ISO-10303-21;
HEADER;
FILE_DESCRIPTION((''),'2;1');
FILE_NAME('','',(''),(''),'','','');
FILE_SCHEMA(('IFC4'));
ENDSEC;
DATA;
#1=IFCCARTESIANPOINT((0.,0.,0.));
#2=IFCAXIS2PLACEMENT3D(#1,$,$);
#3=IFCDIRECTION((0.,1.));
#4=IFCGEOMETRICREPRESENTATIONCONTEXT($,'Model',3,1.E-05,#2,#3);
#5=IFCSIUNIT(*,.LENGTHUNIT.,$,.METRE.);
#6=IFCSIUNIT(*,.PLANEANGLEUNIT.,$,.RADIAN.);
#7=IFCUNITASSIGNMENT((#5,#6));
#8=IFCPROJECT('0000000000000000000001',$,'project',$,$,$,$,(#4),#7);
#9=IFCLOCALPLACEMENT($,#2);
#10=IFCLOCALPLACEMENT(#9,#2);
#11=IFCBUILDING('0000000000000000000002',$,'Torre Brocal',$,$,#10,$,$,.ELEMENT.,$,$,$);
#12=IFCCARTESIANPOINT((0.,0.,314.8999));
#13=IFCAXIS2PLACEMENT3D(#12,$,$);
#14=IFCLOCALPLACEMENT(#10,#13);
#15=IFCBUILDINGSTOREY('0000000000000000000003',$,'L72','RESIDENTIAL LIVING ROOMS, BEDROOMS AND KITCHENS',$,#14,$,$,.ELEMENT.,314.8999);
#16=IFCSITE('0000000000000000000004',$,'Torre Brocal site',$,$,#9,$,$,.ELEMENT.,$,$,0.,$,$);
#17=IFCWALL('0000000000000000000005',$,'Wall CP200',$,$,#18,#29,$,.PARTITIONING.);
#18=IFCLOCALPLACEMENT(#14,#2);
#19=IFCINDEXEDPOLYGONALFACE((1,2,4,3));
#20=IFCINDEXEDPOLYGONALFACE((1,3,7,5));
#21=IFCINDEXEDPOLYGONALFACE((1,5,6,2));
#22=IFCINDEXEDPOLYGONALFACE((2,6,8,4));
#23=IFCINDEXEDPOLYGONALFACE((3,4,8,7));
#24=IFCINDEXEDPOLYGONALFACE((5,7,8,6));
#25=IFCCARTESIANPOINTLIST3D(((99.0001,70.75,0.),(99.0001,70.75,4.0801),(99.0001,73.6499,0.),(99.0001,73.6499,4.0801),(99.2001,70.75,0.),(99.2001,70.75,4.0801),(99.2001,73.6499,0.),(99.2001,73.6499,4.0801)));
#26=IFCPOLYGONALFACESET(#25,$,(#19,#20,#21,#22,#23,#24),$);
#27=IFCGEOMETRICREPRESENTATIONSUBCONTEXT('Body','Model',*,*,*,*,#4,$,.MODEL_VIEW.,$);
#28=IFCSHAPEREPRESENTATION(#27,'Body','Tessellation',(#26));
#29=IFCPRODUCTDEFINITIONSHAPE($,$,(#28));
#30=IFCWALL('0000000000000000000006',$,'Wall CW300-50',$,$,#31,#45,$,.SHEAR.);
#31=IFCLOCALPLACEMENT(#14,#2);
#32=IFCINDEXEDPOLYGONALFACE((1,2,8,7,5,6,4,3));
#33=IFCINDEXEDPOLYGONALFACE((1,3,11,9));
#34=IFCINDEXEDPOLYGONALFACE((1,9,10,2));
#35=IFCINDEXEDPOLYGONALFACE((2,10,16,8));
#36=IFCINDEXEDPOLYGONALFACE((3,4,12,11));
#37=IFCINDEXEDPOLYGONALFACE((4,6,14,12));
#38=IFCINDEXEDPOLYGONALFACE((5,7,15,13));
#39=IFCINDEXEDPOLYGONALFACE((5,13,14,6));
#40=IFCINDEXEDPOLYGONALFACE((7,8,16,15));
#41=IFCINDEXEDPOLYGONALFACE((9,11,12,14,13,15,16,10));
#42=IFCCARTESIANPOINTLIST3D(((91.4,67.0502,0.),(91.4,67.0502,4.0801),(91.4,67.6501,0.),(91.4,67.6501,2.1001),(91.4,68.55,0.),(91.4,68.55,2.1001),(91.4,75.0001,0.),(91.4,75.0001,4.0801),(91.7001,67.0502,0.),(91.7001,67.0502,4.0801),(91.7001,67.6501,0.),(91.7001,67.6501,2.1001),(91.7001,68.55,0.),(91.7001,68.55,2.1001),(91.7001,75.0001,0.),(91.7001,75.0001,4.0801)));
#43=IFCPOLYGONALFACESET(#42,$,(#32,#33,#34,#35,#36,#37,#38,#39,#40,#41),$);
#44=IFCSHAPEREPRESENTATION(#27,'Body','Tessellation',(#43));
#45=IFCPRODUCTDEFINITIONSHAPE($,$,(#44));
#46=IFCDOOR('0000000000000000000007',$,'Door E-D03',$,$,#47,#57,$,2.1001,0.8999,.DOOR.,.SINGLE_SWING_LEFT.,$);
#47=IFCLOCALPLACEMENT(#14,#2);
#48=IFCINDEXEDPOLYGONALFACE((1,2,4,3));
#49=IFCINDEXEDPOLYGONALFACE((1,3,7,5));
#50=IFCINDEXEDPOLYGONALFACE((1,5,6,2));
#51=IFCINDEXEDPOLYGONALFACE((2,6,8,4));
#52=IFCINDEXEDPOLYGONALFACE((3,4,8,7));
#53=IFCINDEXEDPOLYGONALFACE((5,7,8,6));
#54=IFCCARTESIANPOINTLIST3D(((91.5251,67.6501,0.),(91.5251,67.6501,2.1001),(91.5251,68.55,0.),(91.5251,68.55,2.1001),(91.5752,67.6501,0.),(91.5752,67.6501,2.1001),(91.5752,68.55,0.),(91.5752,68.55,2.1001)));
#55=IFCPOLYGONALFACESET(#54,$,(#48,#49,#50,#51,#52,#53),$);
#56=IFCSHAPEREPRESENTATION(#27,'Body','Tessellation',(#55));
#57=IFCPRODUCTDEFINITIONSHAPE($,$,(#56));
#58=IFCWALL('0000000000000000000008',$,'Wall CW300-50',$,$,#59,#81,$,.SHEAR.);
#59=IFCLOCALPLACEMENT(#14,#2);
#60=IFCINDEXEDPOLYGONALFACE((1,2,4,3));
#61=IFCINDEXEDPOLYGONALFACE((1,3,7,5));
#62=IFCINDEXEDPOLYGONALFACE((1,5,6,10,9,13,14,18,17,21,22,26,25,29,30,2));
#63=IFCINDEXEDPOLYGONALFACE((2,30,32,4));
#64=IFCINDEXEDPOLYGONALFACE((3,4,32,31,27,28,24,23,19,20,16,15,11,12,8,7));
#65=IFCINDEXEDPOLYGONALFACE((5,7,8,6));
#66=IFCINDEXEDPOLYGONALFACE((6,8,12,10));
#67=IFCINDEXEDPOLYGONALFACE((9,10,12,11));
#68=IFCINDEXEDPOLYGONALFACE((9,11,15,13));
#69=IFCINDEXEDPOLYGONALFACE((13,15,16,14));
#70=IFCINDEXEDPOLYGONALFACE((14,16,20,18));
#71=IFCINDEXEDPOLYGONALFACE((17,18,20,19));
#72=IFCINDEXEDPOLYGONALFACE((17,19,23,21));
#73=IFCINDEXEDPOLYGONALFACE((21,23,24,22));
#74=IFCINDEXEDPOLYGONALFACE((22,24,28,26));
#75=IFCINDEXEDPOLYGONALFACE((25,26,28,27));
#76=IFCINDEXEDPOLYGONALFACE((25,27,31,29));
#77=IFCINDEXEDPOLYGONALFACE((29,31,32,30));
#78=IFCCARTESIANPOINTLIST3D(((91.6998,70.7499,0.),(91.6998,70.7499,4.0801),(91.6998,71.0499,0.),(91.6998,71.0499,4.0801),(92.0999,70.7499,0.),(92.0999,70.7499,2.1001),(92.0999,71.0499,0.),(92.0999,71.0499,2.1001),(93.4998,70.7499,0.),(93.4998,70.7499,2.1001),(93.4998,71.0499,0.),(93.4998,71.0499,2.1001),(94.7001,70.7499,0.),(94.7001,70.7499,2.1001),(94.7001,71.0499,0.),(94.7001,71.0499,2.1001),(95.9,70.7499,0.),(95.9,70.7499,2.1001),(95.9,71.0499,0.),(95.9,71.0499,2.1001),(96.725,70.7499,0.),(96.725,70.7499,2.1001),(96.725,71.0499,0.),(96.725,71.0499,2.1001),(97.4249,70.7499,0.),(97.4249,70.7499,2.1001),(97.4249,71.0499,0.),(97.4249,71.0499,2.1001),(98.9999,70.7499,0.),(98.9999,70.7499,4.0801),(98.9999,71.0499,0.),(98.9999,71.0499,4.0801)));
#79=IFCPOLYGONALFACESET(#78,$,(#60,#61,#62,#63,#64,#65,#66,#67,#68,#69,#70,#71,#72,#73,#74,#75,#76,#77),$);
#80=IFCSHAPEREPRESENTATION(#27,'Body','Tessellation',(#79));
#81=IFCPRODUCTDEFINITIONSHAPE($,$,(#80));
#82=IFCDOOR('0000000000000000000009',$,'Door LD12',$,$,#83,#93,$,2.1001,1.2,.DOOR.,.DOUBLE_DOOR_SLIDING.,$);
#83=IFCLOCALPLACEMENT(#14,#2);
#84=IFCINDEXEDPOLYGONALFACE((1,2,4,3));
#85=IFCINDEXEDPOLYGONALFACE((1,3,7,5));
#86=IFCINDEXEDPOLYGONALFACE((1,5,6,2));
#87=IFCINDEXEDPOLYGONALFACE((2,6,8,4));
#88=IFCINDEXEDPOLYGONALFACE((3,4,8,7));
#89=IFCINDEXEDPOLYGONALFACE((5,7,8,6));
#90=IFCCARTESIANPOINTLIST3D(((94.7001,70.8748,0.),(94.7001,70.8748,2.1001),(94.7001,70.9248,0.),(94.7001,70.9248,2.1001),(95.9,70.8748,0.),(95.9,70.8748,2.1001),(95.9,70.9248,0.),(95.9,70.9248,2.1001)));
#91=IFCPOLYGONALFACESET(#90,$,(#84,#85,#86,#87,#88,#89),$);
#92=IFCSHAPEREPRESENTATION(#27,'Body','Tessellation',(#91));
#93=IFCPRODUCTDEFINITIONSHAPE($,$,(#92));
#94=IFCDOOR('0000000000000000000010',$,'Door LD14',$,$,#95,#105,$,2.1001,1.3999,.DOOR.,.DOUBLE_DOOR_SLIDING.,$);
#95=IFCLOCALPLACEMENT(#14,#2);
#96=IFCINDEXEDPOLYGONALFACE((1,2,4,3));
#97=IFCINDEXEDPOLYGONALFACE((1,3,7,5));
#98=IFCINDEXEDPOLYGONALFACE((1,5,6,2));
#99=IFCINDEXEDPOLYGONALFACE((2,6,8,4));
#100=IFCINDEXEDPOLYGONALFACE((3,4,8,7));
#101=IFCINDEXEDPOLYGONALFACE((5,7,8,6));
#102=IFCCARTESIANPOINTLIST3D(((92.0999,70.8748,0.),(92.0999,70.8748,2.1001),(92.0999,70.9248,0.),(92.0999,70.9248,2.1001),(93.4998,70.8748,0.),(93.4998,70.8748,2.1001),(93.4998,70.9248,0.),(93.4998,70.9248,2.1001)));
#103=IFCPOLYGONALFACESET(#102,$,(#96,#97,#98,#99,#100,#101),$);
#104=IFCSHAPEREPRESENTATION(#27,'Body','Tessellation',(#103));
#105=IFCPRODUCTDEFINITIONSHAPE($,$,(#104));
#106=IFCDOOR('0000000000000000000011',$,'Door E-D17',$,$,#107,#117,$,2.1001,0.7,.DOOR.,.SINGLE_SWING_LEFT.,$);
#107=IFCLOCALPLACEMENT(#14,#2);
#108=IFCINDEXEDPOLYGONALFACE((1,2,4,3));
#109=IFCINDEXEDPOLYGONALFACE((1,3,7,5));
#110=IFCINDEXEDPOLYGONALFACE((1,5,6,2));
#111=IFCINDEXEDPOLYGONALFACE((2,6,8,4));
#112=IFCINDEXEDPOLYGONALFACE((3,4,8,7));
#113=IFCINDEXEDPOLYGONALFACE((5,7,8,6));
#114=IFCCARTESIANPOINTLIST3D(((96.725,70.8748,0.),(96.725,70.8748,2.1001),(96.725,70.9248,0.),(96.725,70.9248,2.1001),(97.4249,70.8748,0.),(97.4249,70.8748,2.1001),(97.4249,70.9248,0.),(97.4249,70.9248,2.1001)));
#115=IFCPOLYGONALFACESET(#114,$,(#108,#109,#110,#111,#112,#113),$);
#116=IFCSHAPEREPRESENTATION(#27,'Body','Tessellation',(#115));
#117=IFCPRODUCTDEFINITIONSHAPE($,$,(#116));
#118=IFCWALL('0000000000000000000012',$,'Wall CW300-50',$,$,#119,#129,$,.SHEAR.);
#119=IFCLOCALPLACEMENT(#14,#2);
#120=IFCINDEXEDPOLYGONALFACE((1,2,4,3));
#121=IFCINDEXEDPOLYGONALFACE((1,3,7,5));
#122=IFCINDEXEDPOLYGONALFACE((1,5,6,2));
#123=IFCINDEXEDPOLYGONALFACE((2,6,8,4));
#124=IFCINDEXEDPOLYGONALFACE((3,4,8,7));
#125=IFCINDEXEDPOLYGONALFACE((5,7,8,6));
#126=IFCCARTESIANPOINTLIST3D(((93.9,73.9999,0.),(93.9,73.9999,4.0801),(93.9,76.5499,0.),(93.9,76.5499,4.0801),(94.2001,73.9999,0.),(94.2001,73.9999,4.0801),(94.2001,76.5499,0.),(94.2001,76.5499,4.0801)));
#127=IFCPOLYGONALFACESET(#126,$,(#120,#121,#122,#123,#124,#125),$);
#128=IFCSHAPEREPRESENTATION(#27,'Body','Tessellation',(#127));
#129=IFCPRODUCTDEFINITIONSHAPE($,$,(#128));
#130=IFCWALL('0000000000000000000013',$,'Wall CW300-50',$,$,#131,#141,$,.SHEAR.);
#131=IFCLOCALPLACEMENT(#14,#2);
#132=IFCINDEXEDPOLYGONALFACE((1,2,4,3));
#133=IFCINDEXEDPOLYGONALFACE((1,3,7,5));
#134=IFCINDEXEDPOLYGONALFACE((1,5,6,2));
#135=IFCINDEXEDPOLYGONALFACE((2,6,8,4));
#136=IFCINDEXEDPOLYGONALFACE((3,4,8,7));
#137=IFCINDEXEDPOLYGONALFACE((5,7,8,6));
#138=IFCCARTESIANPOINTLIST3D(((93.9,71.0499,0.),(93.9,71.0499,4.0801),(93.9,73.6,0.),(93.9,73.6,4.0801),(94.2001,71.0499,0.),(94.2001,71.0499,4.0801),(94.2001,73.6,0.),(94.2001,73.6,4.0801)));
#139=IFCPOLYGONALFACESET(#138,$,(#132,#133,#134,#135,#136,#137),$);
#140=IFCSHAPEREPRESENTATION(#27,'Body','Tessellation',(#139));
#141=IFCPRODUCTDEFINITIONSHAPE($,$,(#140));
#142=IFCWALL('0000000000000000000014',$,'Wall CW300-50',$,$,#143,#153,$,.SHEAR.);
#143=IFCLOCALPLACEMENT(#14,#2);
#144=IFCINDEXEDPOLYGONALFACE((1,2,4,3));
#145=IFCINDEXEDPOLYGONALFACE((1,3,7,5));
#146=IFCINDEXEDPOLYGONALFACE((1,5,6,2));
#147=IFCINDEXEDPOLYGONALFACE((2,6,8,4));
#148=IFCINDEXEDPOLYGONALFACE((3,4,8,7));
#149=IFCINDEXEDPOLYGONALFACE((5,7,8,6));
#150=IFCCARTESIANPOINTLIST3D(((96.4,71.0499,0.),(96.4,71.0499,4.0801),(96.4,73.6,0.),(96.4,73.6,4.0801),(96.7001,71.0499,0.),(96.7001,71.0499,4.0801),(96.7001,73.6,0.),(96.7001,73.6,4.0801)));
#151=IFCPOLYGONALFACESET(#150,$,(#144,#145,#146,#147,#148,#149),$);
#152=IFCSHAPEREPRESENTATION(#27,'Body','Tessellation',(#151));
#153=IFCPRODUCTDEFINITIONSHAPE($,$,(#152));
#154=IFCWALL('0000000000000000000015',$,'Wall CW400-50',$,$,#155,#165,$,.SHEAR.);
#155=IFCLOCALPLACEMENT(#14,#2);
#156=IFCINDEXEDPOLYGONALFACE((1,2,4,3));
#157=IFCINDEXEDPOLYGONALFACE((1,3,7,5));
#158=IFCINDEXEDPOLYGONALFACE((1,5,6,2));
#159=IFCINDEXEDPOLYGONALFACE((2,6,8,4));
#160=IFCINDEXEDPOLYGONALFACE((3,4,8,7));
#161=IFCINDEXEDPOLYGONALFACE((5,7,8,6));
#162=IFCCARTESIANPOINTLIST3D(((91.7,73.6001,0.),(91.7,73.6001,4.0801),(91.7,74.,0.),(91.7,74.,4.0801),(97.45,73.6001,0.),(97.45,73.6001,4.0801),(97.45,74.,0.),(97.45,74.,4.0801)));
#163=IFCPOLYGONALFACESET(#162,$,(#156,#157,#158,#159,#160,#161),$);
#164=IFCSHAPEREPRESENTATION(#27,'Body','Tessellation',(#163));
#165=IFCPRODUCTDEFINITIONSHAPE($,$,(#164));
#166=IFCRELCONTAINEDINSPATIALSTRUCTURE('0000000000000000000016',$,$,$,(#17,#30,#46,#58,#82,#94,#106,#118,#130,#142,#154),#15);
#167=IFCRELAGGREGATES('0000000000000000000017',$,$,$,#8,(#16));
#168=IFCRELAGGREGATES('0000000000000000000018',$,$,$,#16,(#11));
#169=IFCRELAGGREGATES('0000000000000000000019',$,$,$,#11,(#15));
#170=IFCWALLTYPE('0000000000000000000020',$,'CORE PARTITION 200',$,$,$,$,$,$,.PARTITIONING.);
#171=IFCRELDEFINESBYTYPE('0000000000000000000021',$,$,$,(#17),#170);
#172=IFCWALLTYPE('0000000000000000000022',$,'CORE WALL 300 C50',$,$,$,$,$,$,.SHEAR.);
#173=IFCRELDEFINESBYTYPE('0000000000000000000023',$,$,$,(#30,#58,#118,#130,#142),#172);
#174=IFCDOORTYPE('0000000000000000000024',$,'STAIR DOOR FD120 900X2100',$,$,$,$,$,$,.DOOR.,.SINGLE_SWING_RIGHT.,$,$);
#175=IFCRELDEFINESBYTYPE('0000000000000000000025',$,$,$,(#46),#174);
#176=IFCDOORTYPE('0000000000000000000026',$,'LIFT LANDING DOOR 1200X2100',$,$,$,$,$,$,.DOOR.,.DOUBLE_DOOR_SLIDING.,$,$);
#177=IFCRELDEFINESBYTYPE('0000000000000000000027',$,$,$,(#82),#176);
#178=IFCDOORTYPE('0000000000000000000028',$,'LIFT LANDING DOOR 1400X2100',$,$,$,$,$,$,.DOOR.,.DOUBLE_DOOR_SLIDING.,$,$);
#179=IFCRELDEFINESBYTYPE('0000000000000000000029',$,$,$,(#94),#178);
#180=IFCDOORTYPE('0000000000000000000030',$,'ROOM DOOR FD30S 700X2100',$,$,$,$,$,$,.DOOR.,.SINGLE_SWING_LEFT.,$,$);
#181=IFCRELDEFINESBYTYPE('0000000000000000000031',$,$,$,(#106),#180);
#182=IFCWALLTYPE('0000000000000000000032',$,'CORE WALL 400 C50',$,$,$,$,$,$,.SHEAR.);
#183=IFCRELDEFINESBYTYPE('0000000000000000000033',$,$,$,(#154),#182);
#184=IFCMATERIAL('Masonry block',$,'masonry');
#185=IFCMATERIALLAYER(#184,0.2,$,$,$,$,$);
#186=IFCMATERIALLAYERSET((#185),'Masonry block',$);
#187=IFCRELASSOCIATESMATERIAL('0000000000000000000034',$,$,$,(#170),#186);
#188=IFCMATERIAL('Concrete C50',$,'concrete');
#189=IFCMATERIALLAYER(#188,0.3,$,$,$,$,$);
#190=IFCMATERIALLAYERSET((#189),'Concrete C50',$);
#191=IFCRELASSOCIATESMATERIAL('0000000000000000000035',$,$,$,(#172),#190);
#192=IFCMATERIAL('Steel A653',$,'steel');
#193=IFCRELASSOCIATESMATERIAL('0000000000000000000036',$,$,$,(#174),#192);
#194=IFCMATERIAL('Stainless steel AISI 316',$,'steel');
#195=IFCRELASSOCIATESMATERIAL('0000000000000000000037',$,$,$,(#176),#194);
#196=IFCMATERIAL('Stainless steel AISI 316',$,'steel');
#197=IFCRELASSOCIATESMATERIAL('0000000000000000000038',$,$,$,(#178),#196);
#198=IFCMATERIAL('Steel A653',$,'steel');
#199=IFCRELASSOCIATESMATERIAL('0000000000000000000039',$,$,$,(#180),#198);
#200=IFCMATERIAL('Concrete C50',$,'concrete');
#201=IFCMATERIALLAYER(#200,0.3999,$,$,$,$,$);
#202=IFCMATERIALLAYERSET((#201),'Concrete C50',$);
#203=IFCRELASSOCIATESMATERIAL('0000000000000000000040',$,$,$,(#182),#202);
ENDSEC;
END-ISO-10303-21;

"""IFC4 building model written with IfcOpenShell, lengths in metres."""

from ifc_helpers import new_model, si_unit, direction, frame, frame_2d, origin, place, context, subcontext, project, spatial, rectangle, extrude, material, layer, layer_set, type_object, element, fill, save


model = new_model("IFC4")

# Units and contexts
model_context = context("Model", 3, precision=1e-05, world=origin(), true_north=direction((0.0, 1.0)))
body_context = subcontext(model_context, "Body", "Model", "MODEL_VIEW")
ifc_project = project(units=[si_unit("LENGTHUNIT", "METRE"), si_unit("PLANEANGLEUNIT", "RADIAN")], contexts=[model_context])

# Site, building, storey
site_placement = place(None, origin())
site = spatial("IfcSite", under=ifc_project, at=site_placement, Name="Torre Brocal site", CompositionType="ELEMENT", RefElevation=0.0)
building_placement = place(site_placement, origin())
building = spatial("IfcBuilding", under=site, at=building_placement, Name="Torre Brocal", CompositionType="ELEMENT")
storey_placement = place(building_placement, frame((0.0, 0.0, 314.8999)))
storey = spatial("IfcBuildingStorey", under=building, at=storey_placement, Name="L72", Description="RESIDENTIAL LIVING ROOMS, BEDROOMS AND KITCHENS", CompositionType="ELEMENT", Elevation=314.8999)

# Wall
ifc_material_1 = material(Name="Masonry block", Category="masonry")
ifc_layer_1 = layer(ifc_material_1, 0.2)
ifc_layer_set_1 = layer_set([ifc_layer_1], Name="Masonry block")
wall_type_1 = type_object("IfcWallType", Name="CORE PARTITION 200", PredefinedType="PARTITIONING", material=ifc_layer_set_1)
wall_1_placement = place(storey_placement, frame((99.1001, 70.75, 0.0), z_axis=(0.0, 0.0, 1.0), x_axis=(0.0, 1.0, 0.0)))
element("IfcWall", 1, at=wall_1_placement, inside=storey, type_object=wall_type_1, Name="Wall CP200", PredefinedType="PARTITIONING", context=body_context, shape_type="SweptSolid", body=[
    extrude(rectangle(XDim=2.8999, YDim=0.2, at=frame_2d((1.45, 0.0))), origin(), (0.0, 0.0, 1.0), 4.0801),
])

# Wall, opening, door
ifc_material_2 = material(Name="Concrete C50", Category="concrete")
ifc_layer_2 = layer(ifc_material_2, 0.3)
ifc_layer_set_2 = layer_set([ifc_layer_2], Name="Concrete C50")
wall_type_2 = type_object("IfcWallType", Name="CORE WALL 300 C50", PredefinedType="SHEAR", material=ifc_layer_set_2)
wall_2_placement = place(storey_placement, frame((91.55, 67.05, 0.0), z_axis=(0.0, 0.0, 1.0), x_axis=(0.0, 1.0, 0.0)))
wall_2 = element("IfcWall", 2, at=wall_2_placement, inside=storey, type_object=wall_type_2, Name="Wall CW300-50", PredefinedType="SHEAR", context=body_context, shape_type="SweptSolid", body=[
    extrude(rectangle(XDim=7.95, YDim=0.3, at=frame_2d((3.9751, 0.0))), origin(), (0.0, 0.0, 1.0), 4.0801),
])
opening_1_placement = place(wall_2_placement, frame((0.6001, 0.0, 0.0)))
opening_1 = element("IfcOpeningElement", 3, at=opening_1_placement, cuts=wall_2, PredefinedType="OPENING", context=body_context, shape_type="SweptSolid", body=[
    extrude(rectangle(XDim=0.8999, YDim=2.1001, at=frame_2d((0.45, 1.05))), frame((0.0, 0.1599, 0.0), z_axis=(0.0, -1.0, 0.0), x_axis=(1.0, 0.0, 0.0)), (0.0, 0.0, 1.0), 0.3201),
])
ifc_material_3 = material(Name="Steel A653", Category="steel")
door_type_1 = type_object("IfcDoorType", Name="STAIR DOOR FD120 900X2100", OperationType="SINGLE_SWING_RIGHT", PredefinedType="DOOR", material=ifc_material_3)
door_1_placement = place(opening_1_placement, origin())
door_1 = element("IfcDoor", 4, at=door_1_placement, inside=storey, type_object=door_type_1, Name="Door E-D03", OperationType="SINGLE_SWING_LEFT", OverallHeight=2.1001, OverallWidth=0.8999, PredefinedType="DOOR", context=body_context, shape_type="SweptSolid", body=[
    extrude(rectangle(XDim=0.8999, YDim=2.1001, at=frame_2d((0.45, 1.05))), frame((0.0, 0.0249, 0.0), z_axis=(0.0, -1.0, 0.0), x_axis=(1.0, 0.0, 0.0)), (0.0, 0.0, 1.0), 0.05),
])
fill(opening_1, door_1)

# Wall, openings, doors
wall_3_placement = place(storey_placement, frame((91.7, 70.8999, 0.0), z_axis=(0.0, 0.0, 1.0), x_axis=(1.0, 0.0, 0.0)))
wall_3 = element("IfcWall", 5, at=wall_3_placement, inside=storey, type_object=wall_type_2, Name="Wall CW300-50", PredefinedType="SHEAR", context=body_context, shape_type="SweptSolid", body=[
    extrude(rectangle(XDim=7.3, YDim=0.3, at=frame_2d((3.6499, 0.0))), origin(), (0.0, 0.0, 1.0), 4.0801),
])
opening_2_placement = place(wall_3_placement, frame((0.3999, 0.0, 0.0)))
opening_2 = element("IfcOpeningElement", 6, at=opening_2_placement, cuts=wall_3, PredefinedType="OPENING", context=body_context, shape_type="SweptSolid", body=[
    extrude(rectangle(XDim=1.3999, YDim=2.1001, at=frame_2d((0.7, 1.05))), frame((0.0, 0.1599, 0.0), z_axis=(0.0, -1.0, 0.0), x_axis=(1.0, 0.0, 0.0)), (0.0, 0.0, 1.0), 0.3201),
])
opening_3_placement = place(wall_3_placement, frame((3.0, 0.0, 0.0)))
opening_3 = element("IfcOpeningElement", 7, at=opening_3_placement, cuts=wall_3, PredefinedType="OPENING", context=body_context, shape_type="SweptSolid", body=[
    extrude(rectangle(XDim=1.2, YDim=2.1001, at=frame_2d((0.6001, 1.05))), frame((0.0, 0.1599, 0.0), z_axis=(0.0, -1.0, 0.0), x_axis=(1.0, 0.0, 0.0)), (0.0, 0.0, 1.0), 0.3201),
])
opening_4_placement = place(wall_3_placement, frame((5.0249, 0.0, 0.0)))
opening_4 = element("IfcOpeningElement", 8, at=opening_4_placement, cuts=wall_3, PredefinedType="OPENING", context=body_context, shape_type="SweptSolid", body=[
    extrude(rectangle(XDim=0.7, YDim=2.1001, at=frame_2d((0.3501, 1.05))), frame((0.0, 0.1599, 0.0), z_axis=(0.0, -1.0, 0.0), x_axis=(1.0, 0.0, 0.0)), (0.0, 0.0, 1.0), 0.3201),
])
ifc_material_4 = material(Name="Stainless steel AISI 316", Category="steel")
door_type_2 = type_object("IfcDoorType", Name="LIFT LANDING DOOR 1200X2100", OperationType="DOUBLE_DOOR_SLIDING", PredefinedType="DOOR", material=ifc_material_4)
door_2_placement = place(opening_3_placement, origin())
door_2 = element("IfcDoor", 9, at=door_2_placement, inside=storey, type_object=door_type_2, Name="Door LD12", OperationType="DOUBLE_DOOR_SLIDING", OverallHeight=2.1001, OverallWidth=1.2, PredefinedType="DOOR", context=body_context, shape_type="SweptSolid", body=[
    extrude(rectangle(XDim=1.2, YDim=2.1001, at=frame_2d((0.6001, 1.05))), frame((0.0, 0.0249, 0.0), z_axis=(0.0, -1.0, 0.0), x_axis=(1.0, 0.0, 0.0)), (0.0, 0.0, 1.0), 0.05),
])
fill(opening_3, door_2)
ifc_material_5 = material(Name="Stainless steel AISI 316", Category="steel")
door_type_3 = type_object("IfcDoorType", Name="LIFT LANDING DOOR 1400X2100", OperationType="DOUBLE_DOOR_SLIDING", PredefinedType="DOOR", material=ifc_material_5)
door_3_placement = place(opening_2_placement, origin())
door_3 = element("IfcDoor", 10, at=door_3_placement, inside=storey, type_object=door_type_3, Name="Door LD14", OperationType="DOUBLE_DOOR_SLIDING", OverallHeight=2.1001, OverallWidth=1.3999, PredefinedType="DOOR", context=body_context, shape_type="SweptSolid", body=[
    extrude(rectangle(XDim=1.3999, YDim=2.1001, at=frame_2d((0.7, 1.05))), frame((0.0, 0.0249, 0.0), z_axis=(0.0, -1.0, 0.0), x_axis=(1.0, 0.0, 0.0)), (0.0, 0.0, 1.0), 0.05),
])
fill(opening_2, door_3)
ifc_material_6 = material(Name="Steel A653", Category="steel")
door_type_4 = type_object("IfcDoorType", Name="ROOM DOOR FD30S 700X2100", OperationType="SINGLE_SWING_LEFT", PredefinedType="DOOR", material=ifc_material_6)
door_4_placement = place(opening_4_placement, origin())
door_4 = element("IfcDoor", 11, at=door_4_placement, inside=storey, type_object=door_type_4, Name="Door E-D17", OperationType="SINGLE_SWING_LEFT", OverallHeight=2.1001, OverallWidth=0.7, PredefinedType="DOOR", context=body_context, shape_type="SweptSolid", body=[
    extrude(rectangle(XDim=0.7, YDim=2.1001, at=frame_2d((0.3501, 1.05))), frame((0.0, 0.0249, 0.0), z_axis=(0.0, -1.0, 0.0), x_axis=(1.0, 0.0, 0.0)), (0.0, 0.0, 1.0), 0.05),
])
fill(opening_4, door_4)

# Walls
for number, where, z_axis, x_axis, name in (
    (12, (94.05, 74.0, 0.0), (0.0, 0.0, 1.0), (0.0, 1.0, 0.0), "Wall CW300-50"),
    (13, (94.05, 71.05, 0.0), (0.0, 0.0, 1.0), (0.0, 1.0, 0.0), "Wall CW300-50"),
    (14, (96.55, 71.05, 0.0), (0.0, 0.0, 1.0), (0.0, 1.0, 0.0), "Wall CW300-50"),
):
    element("IfcWall", number, at=place(storey_placement, frame(where, z_axis=z_axis, x_axis=x_axis)), inside=storey, type_object=wall_type_2, Name=name, PredefinedType="SHEAR", context=body_context, shape_type="SweptSolid", body=[
        extrude(rectangle(XDim=2.55, YDim=0.3, at=frame_2d((1.2749, 0.0))), origin(), (0.0, 0.0, 1.0), 4.0801),
    ])
ifc_material_7 = material(Name="Concrete C50", Category="concrete")
ifc_layer_3 = layer(ifc_material_7, 0.3999)
ifc_layer_set_3 = layer_set([ifc_layer_3], Name="Concrete C50")
wall_type_3 = type_object("IfcWallType", Name="CORE WALL 400 C50", PredefinedType="SHEAR", material=ifc_layer_set_3)
wall_4_placement = place(storey_placement, frame((91.7, 73.8, 0.0), z_axis=(0.0, 0.0, 1.0), x_axis=(1.0, 0.0, 0.0)))
element("IfcWall", 15, at=wall_4_placement, inside=storey, type_object=wall_type_3, Name="Wall CW400-50", PredefinedType="SHEAR", context=body_context, shape_type="SweptSolid", body=[
    extrude(rectangle(XDim=5.75, YDim=0.3999, at=frame_2d((2.875, 0.0))), origin(), (0.0, 0.0, 1.0), 4.0801),
])

save(model, "model.ifc")
